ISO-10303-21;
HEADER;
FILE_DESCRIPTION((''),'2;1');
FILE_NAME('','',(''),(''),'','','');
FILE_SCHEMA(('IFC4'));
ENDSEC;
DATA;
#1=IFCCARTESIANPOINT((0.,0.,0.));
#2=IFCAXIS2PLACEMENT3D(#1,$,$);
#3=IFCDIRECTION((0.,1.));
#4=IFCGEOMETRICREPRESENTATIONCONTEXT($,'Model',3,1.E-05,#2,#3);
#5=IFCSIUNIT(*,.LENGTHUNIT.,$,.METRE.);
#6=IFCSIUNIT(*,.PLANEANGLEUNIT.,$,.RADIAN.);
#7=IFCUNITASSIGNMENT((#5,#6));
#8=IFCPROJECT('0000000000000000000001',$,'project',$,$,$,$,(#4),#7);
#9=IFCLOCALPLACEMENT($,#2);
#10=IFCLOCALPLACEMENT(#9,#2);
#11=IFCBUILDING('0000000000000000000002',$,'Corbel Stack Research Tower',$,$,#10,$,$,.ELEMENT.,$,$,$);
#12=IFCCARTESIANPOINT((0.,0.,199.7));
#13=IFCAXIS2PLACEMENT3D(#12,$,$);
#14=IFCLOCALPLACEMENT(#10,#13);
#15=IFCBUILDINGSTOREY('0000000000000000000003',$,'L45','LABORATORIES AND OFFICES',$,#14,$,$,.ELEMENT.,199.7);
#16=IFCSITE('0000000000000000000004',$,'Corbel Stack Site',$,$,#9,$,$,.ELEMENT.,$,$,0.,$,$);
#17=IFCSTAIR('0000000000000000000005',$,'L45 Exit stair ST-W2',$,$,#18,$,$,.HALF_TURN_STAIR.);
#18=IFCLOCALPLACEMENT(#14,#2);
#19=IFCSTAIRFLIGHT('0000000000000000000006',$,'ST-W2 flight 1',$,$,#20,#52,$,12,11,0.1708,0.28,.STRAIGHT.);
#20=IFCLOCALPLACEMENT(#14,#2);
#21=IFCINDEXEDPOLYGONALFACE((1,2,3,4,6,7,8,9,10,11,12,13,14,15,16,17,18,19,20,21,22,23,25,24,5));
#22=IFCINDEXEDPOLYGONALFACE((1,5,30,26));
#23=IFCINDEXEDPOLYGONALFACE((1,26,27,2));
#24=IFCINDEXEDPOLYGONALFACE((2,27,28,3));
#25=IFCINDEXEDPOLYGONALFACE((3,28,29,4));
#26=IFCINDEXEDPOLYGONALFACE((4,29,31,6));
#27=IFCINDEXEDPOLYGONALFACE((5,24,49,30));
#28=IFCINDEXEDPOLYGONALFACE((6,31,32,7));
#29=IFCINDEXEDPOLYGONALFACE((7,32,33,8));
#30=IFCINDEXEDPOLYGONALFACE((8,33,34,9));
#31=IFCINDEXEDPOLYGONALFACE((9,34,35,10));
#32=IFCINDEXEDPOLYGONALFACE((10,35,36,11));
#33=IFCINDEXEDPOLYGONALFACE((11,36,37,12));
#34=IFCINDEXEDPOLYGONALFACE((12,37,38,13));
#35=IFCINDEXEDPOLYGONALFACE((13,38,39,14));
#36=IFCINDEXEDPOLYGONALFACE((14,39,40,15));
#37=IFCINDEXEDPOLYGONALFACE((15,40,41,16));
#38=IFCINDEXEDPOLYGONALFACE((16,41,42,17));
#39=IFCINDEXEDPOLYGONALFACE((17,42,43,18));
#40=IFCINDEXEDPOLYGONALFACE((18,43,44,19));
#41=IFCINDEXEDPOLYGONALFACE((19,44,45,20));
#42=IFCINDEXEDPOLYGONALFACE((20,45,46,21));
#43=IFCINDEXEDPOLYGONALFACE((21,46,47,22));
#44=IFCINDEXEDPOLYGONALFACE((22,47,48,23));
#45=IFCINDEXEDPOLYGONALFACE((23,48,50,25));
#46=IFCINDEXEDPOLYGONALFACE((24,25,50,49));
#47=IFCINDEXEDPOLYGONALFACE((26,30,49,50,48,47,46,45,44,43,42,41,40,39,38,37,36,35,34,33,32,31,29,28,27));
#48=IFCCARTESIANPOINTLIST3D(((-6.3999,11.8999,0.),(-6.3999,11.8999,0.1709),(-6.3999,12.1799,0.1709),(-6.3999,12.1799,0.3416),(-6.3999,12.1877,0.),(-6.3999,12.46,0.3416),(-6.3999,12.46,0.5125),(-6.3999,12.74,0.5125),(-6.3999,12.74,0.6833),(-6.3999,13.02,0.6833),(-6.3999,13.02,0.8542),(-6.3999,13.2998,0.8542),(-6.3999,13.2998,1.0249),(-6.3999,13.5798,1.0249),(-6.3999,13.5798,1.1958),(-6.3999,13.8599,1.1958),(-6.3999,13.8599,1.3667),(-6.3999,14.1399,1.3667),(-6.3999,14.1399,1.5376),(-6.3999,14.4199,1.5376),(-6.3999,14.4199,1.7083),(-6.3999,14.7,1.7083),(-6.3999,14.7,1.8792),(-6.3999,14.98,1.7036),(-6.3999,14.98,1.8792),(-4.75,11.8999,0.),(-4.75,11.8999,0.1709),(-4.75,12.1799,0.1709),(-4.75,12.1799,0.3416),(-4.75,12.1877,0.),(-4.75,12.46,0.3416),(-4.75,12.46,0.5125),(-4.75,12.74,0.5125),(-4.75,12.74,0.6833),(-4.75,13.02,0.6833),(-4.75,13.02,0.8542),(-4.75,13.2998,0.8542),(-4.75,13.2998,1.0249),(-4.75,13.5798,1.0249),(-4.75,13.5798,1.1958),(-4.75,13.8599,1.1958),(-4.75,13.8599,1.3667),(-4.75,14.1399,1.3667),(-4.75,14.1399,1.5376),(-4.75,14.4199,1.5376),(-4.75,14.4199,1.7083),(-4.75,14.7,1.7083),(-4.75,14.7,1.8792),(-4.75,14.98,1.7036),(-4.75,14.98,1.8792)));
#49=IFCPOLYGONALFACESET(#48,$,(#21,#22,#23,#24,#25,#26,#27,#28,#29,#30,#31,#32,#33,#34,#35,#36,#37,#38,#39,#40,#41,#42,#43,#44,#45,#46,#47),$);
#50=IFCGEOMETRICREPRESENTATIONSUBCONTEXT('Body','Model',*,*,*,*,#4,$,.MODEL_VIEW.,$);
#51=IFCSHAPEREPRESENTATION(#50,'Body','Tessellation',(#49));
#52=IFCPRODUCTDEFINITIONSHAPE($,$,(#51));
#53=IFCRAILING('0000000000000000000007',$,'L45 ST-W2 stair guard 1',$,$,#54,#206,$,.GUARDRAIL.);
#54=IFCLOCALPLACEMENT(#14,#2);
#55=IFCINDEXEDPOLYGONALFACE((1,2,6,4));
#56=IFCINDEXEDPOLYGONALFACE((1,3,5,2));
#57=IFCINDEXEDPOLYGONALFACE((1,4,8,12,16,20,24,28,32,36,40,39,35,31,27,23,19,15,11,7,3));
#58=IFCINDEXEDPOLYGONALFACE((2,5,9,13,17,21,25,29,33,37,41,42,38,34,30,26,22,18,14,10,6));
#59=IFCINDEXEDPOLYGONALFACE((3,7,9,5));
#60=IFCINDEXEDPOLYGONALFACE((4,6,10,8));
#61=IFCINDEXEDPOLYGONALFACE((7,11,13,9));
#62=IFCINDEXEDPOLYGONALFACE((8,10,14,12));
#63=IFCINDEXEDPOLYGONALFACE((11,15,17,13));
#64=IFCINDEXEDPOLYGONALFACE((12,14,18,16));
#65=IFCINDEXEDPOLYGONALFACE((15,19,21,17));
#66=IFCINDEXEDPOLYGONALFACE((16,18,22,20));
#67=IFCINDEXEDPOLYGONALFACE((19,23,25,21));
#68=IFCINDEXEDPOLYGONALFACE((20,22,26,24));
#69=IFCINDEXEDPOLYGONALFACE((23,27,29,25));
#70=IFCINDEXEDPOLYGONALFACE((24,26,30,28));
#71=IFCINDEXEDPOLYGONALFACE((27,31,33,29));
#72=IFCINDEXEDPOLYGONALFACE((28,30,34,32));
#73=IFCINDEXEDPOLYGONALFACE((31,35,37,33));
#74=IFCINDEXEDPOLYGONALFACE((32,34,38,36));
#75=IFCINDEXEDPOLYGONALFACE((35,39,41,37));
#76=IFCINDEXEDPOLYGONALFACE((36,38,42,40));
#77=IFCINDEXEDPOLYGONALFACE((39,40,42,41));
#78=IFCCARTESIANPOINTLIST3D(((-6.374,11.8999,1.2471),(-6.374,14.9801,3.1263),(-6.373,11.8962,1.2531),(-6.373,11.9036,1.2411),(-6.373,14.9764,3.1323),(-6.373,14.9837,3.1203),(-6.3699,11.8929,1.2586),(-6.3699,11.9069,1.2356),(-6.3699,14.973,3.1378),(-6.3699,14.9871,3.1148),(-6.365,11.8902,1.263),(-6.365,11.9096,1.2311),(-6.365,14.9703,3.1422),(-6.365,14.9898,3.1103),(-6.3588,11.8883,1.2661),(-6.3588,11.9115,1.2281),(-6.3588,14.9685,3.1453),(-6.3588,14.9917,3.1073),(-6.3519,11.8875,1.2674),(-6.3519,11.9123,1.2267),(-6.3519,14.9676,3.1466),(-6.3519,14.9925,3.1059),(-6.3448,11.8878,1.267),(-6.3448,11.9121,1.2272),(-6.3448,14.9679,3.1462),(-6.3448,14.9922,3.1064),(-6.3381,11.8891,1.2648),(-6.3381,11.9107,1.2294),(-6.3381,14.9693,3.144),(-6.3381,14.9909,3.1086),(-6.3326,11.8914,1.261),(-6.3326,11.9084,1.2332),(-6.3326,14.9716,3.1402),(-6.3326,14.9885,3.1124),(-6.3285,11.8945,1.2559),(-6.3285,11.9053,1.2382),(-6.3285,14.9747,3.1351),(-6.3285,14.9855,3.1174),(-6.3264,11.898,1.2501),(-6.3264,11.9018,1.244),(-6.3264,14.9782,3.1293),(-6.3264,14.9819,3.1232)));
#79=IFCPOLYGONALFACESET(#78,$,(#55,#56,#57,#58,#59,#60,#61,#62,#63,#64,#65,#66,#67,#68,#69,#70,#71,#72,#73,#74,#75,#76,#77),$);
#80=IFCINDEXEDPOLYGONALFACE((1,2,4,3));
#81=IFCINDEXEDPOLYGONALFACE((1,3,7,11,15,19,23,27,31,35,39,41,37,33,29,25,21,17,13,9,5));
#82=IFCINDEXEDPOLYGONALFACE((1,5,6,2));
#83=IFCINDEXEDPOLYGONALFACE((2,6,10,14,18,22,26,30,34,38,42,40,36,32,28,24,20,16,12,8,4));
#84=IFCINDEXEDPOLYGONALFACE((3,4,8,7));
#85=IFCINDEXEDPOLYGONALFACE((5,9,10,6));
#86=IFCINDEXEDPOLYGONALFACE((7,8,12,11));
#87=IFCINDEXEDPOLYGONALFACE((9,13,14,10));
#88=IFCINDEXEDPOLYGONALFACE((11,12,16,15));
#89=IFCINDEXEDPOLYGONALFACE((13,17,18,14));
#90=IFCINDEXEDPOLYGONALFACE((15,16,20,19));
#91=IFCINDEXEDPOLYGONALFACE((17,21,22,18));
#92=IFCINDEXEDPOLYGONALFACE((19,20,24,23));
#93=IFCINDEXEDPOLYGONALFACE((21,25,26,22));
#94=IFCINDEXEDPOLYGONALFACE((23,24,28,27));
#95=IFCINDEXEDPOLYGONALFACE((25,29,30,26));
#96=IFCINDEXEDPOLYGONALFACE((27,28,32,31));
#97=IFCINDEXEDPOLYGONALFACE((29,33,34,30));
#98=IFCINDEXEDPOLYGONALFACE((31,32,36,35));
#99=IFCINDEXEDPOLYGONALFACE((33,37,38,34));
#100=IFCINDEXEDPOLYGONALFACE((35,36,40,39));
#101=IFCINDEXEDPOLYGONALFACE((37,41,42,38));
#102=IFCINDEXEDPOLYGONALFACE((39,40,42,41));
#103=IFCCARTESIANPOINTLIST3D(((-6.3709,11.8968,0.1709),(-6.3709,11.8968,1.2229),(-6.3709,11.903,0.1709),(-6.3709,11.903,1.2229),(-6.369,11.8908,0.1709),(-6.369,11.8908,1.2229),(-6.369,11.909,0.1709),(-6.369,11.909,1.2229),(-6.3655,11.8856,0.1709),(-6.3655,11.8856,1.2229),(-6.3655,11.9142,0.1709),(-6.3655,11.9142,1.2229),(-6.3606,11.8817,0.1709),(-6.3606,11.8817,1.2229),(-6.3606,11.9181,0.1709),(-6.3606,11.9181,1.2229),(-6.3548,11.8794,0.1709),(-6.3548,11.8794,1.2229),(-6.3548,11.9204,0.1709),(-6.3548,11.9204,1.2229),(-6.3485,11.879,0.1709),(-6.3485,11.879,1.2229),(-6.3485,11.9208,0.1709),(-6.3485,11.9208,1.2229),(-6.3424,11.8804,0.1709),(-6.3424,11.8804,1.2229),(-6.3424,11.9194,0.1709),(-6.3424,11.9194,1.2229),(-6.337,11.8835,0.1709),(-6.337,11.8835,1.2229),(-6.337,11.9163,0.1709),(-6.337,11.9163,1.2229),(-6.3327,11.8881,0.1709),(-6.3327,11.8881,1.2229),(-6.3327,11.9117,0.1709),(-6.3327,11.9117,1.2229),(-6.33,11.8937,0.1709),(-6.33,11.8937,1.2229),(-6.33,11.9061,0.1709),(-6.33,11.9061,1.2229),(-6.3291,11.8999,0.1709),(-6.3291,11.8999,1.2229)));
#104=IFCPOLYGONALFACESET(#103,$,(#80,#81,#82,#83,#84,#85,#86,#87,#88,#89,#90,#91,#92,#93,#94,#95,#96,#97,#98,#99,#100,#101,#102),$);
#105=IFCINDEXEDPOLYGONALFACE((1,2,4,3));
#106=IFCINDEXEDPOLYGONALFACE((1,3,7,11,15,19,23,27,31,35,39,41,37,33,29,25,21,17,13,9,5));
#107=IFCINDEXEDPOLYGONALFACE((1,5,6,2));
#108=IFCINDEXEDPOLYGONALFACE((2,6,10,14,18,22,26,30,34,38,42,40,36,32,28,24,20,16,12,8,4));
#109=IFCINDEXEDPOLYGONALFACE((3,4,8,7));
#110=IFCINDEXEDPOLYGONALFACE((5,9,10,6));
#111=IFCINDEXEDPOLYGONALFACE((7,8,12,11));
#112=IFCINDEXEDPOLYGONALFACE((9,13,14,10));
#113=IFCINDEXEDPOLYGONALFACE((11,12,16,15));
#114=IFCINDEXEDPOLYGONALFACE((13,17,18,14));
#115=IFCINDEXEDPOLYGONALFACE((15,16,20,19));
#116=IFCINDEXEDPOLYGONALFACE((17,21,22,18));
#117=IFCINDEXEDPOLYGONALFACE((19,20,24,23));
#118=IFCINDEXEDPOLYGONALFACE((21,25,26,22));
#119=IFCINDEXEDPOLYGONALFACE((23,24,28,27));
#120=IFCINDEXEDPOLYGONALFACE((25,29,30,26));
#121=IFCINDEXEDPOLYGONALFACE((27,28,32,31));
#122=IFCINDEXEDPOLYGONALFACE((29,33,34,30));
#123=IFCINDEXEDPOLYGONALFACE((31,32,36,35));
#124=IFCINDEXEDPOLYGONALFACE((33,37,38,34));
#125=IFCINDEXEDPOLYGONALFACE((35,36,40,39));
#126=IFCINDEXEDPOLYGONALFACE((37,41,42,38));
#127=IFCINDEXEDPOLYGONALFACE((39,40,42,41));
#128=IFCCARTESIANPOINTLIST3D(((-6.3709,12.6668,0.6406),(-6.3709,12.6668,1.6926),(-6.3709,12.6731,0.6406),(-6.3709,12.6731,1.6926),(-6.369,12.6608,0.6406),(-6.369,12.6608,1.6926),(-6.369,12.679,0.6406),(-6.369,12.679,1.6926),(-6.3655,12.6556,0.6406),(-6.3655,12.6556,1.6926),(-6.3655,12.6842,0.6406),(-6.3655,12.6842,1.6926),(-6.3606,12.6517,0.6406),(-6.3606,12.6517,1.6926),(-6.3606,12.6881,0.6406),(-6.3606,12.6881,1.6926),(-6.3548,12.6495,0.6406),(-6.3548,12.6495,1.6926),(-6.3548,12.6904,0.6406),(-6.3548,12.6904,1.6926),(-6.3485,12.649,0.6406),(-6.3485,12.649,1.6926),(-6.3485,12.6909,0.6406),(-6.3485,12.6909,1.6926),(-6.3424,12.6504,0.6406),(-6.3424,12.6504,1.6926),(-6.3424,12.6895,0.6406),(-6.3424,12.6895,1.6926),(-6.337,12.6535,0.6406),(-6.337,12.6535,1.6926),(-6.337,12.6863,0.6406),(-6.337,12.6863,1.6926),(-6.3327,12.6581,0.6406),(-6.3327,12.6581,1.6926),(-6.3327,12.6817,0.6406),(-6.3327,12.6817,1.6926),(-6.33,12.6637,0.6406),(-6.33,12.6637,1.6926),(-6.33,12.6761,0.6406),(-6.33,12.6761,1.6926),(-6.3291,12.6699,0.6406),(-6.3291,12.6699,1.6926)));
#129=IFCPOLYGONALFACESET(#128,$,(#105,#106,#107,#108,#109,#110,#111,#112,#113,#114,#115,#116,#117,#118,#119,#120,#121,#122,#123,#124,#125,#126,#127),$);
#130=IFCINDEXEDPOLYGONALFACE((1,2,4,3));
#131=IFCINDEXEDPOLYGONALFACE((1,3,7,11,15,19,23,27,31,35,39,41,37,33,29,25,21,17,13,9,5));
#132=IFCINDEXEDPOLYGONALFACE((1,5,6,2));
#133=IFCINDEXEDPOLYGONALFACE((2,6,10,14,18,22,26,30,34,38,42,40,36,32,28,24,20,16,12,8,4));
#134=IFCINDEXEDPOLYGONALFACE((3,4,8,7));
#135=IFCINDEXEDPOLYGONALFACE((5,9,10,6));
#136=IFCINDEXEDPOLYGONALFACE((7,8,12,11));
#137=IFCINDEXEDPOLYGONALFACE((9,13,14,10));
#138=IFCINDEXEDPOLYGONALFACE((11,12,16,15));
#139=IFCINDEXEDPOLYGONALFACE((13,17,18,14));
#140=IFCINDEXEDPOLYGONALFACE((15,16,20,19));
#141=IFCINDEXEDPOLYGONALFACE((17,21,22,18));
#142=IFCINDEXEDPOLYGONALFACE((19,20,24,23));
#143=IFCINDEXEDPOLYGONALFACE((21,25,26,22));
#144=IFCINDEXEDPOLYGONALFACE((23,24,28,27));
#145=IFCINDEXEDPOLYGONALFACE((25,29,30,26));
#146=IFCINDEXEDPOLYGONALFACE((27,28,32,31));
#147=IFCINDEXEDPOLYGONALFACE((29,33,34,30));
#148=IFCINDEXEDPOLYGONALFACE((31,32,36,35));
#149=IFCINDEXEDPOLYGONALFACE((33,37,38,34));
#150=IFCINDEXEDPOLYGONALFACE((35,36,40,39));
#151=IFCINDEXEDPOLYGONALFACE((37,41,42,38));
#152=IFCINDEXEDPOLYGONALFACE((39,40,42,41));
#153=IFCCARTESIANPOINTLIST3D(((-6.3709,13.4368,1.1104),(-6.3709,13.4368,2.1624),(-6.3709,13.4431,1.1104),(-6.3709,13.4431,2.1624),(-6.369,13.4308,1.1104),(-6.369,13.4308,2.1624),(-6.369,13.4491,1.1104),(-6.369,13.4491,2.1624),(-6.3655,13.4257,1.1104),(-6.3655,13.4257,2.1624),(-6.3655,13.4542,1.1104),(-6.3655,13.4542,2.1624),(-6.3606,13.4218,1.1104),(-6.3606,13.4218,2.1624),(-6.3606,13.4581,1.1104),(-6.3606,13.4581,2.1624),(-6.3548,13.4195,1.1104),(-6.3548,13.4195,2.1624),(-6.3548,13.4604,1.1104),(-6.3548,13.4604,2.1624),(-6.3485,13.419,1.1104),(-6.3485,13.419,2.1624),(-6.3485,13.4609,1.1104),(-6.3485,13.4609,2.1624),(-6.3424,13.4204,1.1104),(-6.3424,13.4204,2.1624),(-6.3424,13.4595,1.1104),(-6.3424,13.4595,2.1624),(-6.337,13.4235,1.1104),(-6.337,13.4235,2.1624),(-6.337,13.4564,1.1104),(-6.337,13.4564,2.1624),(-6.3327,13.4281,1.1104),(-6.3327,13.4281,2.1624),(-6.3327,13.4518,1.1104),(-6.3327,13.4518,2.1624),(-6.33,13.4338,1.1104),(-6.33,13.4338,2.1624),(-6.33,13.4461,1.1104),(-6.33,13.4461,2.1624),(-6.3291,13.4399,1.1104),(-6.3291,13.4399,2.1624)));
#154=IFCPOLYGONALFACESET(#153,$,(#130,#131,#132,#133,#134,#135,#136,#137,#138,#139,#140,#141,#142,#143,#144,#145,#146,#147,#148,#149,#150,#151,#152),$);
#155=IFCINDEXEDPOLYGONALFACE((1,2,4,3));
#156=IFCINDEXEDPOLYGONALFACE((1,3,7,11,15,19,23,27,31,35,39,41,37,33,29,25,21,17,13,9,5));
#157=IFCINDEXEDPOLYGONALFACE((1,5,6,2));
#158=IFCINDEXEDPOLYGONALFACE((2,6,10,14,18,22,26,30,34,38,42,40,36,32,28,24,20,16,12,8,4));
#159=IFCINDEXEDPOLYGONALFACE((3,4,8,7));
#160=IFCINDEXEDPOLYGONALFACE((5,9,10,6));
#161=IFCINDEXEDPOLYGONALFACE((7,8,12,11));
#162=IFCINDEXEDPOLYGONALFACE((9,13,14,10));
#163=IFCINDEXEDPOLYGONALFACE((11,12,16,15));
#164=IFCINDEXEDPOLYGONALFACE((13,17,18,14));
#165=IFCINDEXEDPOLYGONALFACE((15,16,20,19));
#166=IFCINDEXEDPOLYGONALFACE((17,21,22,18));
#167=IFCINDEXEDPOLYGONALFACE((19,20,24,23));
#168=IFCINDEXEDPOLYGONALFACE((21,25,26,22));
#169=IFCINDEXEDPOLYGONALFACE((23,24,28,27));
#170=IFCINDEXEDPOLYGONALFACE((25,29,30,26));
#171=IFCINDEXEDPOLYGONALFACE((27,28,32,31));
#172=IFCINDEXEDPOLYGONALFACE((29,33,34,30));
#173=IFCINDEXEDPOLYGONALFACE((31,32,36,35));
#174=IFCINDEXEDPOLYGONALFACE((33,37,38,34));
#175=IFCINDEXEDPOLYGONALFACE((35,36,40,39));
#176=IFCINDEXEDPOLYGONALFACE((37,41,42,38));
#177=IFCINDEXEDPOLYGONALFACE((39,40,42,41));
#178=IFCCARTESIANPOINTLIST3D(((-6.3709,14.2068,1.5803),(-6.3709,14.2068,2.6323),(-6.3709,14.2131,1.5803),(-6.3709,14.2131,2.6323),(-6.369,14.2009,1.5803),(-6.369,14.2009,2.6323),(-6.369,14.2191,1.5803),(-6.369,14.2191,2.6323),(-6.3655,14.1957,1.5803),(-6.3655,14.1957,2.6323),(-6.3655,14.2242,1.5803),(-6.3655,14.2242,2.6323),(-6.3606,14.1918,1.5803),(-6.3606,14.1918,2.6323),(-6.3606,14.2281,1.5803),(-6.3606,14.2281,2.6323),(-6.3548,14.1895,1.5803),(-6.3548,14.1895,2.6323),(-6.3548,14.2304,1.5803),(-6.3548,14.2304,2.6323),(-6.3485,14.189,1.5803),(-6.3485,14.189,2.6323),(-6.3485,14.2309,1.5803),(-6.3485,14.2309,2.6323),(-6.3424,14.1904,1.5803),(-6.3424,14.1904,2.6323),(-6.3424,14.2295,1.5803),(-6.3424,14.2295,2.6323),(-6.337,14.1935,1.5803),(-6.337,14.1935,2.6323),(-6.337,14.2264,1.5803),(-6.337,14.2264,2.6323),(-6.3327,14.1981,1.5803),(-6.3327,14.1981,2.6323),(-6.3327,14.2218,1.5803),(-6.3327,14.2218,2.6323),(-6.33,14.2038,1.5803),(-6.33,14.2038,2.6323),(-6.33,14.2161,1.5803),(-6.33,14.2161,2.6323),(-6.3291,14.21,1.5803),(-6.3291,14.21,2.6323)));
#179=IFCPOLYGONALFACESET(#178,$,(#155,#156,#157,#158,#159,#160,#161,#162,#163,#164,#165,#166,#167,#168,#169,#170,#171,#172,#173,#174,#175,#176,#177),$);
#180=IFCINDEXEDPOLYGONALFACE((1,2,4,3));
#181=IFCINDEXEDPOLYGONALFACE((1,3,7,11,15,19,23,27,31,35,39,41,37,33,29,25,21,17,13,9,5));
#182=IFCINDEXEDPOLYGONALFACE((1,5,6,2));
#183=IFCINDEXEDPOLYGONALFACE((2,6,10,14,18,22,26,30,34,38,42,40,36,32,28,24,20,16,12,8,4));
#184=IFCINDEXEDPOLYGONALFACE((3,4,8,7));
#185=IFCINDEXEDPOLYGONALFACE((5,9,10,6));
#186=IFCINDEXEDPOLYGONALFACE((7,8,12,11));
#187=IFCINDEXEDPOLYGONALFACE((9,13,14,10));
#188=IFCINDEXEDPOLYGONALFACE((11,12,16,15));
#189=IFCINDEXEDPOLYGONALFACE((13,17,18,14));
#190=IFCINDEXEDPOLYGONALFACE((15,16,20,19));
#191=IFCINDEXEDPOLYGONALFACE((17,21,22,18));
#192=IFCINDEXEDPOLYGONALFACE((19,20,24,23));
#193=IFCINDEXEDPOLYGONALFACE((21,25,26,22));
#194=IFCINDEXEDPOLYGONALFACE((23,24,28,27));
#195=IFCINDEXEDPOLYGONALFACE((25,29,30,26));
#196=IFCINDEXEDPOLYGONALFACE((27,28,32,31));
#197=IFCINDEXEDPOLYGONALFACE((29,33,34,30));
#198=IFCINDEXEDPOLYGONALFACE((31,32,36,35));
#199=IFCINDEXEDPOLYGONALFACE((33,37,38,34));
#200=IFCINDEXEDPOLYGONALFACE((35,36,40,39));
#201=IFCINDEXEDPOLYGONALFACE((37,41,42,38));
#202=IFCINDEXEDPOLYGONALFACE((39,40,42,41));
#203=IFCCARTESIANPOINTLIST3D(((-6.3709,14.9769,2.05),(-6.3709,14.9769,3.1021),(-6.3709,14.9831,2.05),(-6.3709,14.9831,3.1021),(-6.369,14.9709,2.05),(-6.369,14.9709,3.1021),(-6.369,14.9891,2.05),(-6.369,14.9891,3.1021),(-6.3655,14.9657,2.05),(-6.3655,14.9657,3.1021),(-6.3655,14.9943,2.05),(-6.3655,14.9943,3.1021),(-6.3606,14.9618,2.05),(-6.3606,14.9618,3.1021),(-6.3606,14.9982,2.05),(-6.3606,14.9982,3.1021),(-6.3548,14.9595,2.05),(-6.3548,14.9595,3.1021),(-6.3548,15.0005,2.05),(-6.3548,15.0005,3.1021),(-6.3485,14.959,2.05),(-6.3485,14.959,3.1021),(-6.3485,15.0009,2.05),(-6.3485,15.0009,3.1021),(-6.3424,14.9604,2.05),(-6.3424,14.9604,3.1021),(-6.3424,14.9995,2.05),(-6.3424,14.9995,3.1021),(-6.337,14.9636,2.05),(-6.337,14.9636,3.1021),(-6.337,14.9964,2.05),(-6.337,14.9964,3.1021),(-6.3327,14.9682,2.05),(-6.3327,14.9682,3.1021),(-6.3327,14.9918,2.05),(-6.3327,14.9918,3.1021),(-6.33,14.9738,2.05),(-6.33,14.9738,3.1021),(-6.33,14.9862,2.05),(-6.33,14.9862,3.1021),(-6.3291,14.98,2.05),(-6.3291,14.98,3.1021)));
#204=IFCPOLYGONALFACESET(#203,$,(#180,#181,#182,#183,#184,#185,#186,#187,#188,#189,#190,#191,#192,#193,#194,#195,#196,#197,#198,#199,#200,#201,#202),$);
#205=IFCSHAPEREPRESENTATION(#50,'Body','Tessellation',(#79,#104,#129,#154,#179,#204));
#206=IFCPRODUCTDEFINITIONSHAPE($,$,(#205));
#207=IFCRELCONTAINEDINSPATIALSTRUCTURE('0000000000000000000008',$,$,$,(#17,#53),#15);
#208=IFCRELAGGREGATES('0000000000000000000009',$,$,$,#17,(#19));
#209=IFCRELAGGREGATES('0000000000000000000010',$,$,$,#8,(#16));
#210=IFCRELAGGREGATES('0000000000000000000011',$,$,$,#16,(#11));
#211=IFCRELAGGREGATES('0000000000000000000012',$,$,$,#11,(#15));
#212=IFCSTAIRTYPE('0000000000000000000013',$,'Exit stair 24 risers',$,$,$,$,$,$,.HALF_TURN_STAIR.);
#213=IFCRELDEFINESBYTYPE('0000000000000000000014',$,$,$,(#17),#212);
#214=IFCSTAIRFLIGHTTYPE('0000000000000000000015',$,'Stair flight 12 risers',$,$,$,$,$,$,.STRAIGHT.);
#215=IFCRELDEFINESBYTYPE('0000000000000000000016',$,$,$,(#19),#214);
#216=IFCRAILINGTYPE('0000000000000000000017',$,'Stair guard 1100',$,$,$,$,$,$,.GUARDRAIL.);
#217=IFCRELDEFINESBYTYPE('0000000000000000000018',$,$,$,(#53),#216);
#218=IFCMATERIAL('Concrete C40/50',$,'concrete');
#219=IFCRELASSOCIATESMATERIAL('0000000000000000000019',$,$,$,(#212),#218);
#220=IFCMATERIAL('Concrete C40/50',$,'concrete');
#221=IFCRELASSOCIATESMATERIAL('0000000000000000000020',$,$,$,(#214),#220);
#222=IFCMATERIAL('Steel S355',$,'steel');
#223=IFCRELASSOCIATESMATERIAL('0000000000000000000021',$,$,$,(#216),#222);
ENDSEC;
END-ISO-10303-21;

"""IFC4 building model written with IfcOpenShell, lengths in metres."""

from ifc_helpers import new_model, si_unit, direction, frame, origin, origin_2d, place, context, subcontext, project, spatial, polyline, circle, outline, extrude, material, type_object, element, aggregate, save


model = new_model("IFC4")

# Units and contexts
model_context = context("Model", 3, precision=1e-05, world=origin(), true_north=direction((0.0, 1.0)))
body_context = subcontext(model_context, "Body", "Model", "MODEL_VIEW")
ifc_project = project(units=[si_unit("LENGTHUNIT", "METRE"), si_unit("PLANEANGLEUNIT", "RADIAN")], contexts=[model_context])

# Site, building, storey
site_placement = place(None, origin())
site = spatial("IfcSite", under=ifc_project, at=site_placement, Name="Corbel Stack Site", CompositionType="ELEMENT", RefElevation=0.0)
building_placement = place(site_placement, origin())
building = spatial("IfcBuilding", under=site, at=building_placement, Name="Corbel Stack Research Tower", CompositionType="ELEMENT")
storey_placement = place(building_placement, frame((0.0, 0.0, 199.7)))
storey = spatial("IfcBuildingStorey", under=building, at=storey_placement, Name="L45", Description="LABORATORIES AND OFFICES", CompositionType="ELEMENT", Elevation=199.7)

# Stair, stair flight
ifc_material_1 = material(Name="Concrete C40/50", Category="concrete")
stair_type = type_object("IfcStairType", Name="Exit stair 24 risers", PredefinedType="HALF_TURN_STAIR", material=ifc_material_1)
stair_placement = place(storey_placement, origin())
stair = element("IfcStair", 1, at=stair_placement, inside=storey, type_object=stair_type, Name="L45 Exit stair ST-W2", PredefinedType="HALF_TURN_STAIR")
ifc_material_2 = material(Name="Concrete C40/50", Category="concrete")
stair_flight_type = type_object("IfcStairFlightType", Name="Stair flight 12 risers", PredefinedType="STRAIGHT", material=ifc_material_2)
stair_flight_placement = place(storey_placement, frame((-5.575, 11.8999, 0.0), z_axis=(0.0, 0.0, 1.0), x_axis=(0.0, 1.0, 0.0)))
stair_flight = element("IfcStairFlight", 2, at=stair_flight_placement, type_object=stair_flight_type, Name="ST-W2 flight 1", NumberOfRisers=12, NumberOfTreads=11, PredefinedType="STRAIGHT", RiserHeight=0.1708, TreadLength=0.28, context=body_context, shape_type="SweptSolid", body=[
    extrude(outline(polyline([(0.0, 0.0), (0.0, 0.1709), (0.28, 0.1709), (0.28, 0.3416), (0.5601, 0.3416), (0.5601, 0.5125), (0.8401, 0.5125), (0.8401, 0.6833), (1.1201, 0.6833), (1.1201, 0.8542), (1.3999, 0.8542), (1.3999, 1.0249), (1.6799, 1.0249), (1.6799, 1.1958), (1.96, 1.1958), (1.96, 1.3667), (2.24, 1.3667), (2.24, 1.5376), (2.52, 1.5376), (2.52, 1.7083), (2.8, 1.7083), (2.8, 1.8792), (3.0801, 1.8792), (3.0801, 2.05), (3.0801, 1.7036), (0.2878, 0.0), (0.0, 0.0)])), frame((0.0, 0.825, 0.0), z_axis=(0.0, -1.0, 0.0), x_axis=(1.0, 0.0, 0.0)), (0.0, 0.0, 1.0), 1.6499),
])
aggregate(stair, [stair_flight])

# Railing
ifc_material_3 = material(Name="Steel S355", Category="steel")
railing_type = type_object("IfcRailingType", Name="Stair guard 1100", PredefinedType="GUARDRAIL", material=ifc_material_3)
railing_1_placement = place(storey_placement, frame((-6.3501, 11.8999, 0.1709)))
element("IfcRailing", 3, at=railing_1_placement, inside=storey, type_object=railing_type, Name="L45 ST-W2 stair guard 1", PredefinedType="GUARDRAIL", context=body_context, shape_type="SweptSolid", body=[
    extrude(circle(Radius=0.0239, at=origin_2d()), frame((0.0, 0.0, 1.0762), z_axis=(0.0, 0.853666, 0.52082), x_axis=(-1.0, 0.0, 0.0)), (0.0, 0.0, 1.0), 3.6082),
    extrude(circle(Radius=0.021, at=origin_2d()), origin(), (0.0, 0.0, 1.0), 1.052),
    extrude(circle(Radius=0.021, at=origin_2d()), frame((0.0, 0.77, 0.4697)), (0.0, 0.0, 1.0), 1.052),
    extrude(circle(Radius=0.021, at=origin_2d()), frame((0.0, 1.54, 0.9395)), (0.0, 0.0, 1.0), 1.052),
    extrude(circle(Radius=0.021, at=origin_2d()), frame((0.0, 2.3101, 1.4094)), (0.0, 0.0, 1.0), 1.052),
    extrude(circle(Radius=0.021, at=origin_2d()), frame((0.0, 3.0801, 1.8792)), (0.0, 0.0, 1.0), 1.052),
])

save(model, "model.ifc")
